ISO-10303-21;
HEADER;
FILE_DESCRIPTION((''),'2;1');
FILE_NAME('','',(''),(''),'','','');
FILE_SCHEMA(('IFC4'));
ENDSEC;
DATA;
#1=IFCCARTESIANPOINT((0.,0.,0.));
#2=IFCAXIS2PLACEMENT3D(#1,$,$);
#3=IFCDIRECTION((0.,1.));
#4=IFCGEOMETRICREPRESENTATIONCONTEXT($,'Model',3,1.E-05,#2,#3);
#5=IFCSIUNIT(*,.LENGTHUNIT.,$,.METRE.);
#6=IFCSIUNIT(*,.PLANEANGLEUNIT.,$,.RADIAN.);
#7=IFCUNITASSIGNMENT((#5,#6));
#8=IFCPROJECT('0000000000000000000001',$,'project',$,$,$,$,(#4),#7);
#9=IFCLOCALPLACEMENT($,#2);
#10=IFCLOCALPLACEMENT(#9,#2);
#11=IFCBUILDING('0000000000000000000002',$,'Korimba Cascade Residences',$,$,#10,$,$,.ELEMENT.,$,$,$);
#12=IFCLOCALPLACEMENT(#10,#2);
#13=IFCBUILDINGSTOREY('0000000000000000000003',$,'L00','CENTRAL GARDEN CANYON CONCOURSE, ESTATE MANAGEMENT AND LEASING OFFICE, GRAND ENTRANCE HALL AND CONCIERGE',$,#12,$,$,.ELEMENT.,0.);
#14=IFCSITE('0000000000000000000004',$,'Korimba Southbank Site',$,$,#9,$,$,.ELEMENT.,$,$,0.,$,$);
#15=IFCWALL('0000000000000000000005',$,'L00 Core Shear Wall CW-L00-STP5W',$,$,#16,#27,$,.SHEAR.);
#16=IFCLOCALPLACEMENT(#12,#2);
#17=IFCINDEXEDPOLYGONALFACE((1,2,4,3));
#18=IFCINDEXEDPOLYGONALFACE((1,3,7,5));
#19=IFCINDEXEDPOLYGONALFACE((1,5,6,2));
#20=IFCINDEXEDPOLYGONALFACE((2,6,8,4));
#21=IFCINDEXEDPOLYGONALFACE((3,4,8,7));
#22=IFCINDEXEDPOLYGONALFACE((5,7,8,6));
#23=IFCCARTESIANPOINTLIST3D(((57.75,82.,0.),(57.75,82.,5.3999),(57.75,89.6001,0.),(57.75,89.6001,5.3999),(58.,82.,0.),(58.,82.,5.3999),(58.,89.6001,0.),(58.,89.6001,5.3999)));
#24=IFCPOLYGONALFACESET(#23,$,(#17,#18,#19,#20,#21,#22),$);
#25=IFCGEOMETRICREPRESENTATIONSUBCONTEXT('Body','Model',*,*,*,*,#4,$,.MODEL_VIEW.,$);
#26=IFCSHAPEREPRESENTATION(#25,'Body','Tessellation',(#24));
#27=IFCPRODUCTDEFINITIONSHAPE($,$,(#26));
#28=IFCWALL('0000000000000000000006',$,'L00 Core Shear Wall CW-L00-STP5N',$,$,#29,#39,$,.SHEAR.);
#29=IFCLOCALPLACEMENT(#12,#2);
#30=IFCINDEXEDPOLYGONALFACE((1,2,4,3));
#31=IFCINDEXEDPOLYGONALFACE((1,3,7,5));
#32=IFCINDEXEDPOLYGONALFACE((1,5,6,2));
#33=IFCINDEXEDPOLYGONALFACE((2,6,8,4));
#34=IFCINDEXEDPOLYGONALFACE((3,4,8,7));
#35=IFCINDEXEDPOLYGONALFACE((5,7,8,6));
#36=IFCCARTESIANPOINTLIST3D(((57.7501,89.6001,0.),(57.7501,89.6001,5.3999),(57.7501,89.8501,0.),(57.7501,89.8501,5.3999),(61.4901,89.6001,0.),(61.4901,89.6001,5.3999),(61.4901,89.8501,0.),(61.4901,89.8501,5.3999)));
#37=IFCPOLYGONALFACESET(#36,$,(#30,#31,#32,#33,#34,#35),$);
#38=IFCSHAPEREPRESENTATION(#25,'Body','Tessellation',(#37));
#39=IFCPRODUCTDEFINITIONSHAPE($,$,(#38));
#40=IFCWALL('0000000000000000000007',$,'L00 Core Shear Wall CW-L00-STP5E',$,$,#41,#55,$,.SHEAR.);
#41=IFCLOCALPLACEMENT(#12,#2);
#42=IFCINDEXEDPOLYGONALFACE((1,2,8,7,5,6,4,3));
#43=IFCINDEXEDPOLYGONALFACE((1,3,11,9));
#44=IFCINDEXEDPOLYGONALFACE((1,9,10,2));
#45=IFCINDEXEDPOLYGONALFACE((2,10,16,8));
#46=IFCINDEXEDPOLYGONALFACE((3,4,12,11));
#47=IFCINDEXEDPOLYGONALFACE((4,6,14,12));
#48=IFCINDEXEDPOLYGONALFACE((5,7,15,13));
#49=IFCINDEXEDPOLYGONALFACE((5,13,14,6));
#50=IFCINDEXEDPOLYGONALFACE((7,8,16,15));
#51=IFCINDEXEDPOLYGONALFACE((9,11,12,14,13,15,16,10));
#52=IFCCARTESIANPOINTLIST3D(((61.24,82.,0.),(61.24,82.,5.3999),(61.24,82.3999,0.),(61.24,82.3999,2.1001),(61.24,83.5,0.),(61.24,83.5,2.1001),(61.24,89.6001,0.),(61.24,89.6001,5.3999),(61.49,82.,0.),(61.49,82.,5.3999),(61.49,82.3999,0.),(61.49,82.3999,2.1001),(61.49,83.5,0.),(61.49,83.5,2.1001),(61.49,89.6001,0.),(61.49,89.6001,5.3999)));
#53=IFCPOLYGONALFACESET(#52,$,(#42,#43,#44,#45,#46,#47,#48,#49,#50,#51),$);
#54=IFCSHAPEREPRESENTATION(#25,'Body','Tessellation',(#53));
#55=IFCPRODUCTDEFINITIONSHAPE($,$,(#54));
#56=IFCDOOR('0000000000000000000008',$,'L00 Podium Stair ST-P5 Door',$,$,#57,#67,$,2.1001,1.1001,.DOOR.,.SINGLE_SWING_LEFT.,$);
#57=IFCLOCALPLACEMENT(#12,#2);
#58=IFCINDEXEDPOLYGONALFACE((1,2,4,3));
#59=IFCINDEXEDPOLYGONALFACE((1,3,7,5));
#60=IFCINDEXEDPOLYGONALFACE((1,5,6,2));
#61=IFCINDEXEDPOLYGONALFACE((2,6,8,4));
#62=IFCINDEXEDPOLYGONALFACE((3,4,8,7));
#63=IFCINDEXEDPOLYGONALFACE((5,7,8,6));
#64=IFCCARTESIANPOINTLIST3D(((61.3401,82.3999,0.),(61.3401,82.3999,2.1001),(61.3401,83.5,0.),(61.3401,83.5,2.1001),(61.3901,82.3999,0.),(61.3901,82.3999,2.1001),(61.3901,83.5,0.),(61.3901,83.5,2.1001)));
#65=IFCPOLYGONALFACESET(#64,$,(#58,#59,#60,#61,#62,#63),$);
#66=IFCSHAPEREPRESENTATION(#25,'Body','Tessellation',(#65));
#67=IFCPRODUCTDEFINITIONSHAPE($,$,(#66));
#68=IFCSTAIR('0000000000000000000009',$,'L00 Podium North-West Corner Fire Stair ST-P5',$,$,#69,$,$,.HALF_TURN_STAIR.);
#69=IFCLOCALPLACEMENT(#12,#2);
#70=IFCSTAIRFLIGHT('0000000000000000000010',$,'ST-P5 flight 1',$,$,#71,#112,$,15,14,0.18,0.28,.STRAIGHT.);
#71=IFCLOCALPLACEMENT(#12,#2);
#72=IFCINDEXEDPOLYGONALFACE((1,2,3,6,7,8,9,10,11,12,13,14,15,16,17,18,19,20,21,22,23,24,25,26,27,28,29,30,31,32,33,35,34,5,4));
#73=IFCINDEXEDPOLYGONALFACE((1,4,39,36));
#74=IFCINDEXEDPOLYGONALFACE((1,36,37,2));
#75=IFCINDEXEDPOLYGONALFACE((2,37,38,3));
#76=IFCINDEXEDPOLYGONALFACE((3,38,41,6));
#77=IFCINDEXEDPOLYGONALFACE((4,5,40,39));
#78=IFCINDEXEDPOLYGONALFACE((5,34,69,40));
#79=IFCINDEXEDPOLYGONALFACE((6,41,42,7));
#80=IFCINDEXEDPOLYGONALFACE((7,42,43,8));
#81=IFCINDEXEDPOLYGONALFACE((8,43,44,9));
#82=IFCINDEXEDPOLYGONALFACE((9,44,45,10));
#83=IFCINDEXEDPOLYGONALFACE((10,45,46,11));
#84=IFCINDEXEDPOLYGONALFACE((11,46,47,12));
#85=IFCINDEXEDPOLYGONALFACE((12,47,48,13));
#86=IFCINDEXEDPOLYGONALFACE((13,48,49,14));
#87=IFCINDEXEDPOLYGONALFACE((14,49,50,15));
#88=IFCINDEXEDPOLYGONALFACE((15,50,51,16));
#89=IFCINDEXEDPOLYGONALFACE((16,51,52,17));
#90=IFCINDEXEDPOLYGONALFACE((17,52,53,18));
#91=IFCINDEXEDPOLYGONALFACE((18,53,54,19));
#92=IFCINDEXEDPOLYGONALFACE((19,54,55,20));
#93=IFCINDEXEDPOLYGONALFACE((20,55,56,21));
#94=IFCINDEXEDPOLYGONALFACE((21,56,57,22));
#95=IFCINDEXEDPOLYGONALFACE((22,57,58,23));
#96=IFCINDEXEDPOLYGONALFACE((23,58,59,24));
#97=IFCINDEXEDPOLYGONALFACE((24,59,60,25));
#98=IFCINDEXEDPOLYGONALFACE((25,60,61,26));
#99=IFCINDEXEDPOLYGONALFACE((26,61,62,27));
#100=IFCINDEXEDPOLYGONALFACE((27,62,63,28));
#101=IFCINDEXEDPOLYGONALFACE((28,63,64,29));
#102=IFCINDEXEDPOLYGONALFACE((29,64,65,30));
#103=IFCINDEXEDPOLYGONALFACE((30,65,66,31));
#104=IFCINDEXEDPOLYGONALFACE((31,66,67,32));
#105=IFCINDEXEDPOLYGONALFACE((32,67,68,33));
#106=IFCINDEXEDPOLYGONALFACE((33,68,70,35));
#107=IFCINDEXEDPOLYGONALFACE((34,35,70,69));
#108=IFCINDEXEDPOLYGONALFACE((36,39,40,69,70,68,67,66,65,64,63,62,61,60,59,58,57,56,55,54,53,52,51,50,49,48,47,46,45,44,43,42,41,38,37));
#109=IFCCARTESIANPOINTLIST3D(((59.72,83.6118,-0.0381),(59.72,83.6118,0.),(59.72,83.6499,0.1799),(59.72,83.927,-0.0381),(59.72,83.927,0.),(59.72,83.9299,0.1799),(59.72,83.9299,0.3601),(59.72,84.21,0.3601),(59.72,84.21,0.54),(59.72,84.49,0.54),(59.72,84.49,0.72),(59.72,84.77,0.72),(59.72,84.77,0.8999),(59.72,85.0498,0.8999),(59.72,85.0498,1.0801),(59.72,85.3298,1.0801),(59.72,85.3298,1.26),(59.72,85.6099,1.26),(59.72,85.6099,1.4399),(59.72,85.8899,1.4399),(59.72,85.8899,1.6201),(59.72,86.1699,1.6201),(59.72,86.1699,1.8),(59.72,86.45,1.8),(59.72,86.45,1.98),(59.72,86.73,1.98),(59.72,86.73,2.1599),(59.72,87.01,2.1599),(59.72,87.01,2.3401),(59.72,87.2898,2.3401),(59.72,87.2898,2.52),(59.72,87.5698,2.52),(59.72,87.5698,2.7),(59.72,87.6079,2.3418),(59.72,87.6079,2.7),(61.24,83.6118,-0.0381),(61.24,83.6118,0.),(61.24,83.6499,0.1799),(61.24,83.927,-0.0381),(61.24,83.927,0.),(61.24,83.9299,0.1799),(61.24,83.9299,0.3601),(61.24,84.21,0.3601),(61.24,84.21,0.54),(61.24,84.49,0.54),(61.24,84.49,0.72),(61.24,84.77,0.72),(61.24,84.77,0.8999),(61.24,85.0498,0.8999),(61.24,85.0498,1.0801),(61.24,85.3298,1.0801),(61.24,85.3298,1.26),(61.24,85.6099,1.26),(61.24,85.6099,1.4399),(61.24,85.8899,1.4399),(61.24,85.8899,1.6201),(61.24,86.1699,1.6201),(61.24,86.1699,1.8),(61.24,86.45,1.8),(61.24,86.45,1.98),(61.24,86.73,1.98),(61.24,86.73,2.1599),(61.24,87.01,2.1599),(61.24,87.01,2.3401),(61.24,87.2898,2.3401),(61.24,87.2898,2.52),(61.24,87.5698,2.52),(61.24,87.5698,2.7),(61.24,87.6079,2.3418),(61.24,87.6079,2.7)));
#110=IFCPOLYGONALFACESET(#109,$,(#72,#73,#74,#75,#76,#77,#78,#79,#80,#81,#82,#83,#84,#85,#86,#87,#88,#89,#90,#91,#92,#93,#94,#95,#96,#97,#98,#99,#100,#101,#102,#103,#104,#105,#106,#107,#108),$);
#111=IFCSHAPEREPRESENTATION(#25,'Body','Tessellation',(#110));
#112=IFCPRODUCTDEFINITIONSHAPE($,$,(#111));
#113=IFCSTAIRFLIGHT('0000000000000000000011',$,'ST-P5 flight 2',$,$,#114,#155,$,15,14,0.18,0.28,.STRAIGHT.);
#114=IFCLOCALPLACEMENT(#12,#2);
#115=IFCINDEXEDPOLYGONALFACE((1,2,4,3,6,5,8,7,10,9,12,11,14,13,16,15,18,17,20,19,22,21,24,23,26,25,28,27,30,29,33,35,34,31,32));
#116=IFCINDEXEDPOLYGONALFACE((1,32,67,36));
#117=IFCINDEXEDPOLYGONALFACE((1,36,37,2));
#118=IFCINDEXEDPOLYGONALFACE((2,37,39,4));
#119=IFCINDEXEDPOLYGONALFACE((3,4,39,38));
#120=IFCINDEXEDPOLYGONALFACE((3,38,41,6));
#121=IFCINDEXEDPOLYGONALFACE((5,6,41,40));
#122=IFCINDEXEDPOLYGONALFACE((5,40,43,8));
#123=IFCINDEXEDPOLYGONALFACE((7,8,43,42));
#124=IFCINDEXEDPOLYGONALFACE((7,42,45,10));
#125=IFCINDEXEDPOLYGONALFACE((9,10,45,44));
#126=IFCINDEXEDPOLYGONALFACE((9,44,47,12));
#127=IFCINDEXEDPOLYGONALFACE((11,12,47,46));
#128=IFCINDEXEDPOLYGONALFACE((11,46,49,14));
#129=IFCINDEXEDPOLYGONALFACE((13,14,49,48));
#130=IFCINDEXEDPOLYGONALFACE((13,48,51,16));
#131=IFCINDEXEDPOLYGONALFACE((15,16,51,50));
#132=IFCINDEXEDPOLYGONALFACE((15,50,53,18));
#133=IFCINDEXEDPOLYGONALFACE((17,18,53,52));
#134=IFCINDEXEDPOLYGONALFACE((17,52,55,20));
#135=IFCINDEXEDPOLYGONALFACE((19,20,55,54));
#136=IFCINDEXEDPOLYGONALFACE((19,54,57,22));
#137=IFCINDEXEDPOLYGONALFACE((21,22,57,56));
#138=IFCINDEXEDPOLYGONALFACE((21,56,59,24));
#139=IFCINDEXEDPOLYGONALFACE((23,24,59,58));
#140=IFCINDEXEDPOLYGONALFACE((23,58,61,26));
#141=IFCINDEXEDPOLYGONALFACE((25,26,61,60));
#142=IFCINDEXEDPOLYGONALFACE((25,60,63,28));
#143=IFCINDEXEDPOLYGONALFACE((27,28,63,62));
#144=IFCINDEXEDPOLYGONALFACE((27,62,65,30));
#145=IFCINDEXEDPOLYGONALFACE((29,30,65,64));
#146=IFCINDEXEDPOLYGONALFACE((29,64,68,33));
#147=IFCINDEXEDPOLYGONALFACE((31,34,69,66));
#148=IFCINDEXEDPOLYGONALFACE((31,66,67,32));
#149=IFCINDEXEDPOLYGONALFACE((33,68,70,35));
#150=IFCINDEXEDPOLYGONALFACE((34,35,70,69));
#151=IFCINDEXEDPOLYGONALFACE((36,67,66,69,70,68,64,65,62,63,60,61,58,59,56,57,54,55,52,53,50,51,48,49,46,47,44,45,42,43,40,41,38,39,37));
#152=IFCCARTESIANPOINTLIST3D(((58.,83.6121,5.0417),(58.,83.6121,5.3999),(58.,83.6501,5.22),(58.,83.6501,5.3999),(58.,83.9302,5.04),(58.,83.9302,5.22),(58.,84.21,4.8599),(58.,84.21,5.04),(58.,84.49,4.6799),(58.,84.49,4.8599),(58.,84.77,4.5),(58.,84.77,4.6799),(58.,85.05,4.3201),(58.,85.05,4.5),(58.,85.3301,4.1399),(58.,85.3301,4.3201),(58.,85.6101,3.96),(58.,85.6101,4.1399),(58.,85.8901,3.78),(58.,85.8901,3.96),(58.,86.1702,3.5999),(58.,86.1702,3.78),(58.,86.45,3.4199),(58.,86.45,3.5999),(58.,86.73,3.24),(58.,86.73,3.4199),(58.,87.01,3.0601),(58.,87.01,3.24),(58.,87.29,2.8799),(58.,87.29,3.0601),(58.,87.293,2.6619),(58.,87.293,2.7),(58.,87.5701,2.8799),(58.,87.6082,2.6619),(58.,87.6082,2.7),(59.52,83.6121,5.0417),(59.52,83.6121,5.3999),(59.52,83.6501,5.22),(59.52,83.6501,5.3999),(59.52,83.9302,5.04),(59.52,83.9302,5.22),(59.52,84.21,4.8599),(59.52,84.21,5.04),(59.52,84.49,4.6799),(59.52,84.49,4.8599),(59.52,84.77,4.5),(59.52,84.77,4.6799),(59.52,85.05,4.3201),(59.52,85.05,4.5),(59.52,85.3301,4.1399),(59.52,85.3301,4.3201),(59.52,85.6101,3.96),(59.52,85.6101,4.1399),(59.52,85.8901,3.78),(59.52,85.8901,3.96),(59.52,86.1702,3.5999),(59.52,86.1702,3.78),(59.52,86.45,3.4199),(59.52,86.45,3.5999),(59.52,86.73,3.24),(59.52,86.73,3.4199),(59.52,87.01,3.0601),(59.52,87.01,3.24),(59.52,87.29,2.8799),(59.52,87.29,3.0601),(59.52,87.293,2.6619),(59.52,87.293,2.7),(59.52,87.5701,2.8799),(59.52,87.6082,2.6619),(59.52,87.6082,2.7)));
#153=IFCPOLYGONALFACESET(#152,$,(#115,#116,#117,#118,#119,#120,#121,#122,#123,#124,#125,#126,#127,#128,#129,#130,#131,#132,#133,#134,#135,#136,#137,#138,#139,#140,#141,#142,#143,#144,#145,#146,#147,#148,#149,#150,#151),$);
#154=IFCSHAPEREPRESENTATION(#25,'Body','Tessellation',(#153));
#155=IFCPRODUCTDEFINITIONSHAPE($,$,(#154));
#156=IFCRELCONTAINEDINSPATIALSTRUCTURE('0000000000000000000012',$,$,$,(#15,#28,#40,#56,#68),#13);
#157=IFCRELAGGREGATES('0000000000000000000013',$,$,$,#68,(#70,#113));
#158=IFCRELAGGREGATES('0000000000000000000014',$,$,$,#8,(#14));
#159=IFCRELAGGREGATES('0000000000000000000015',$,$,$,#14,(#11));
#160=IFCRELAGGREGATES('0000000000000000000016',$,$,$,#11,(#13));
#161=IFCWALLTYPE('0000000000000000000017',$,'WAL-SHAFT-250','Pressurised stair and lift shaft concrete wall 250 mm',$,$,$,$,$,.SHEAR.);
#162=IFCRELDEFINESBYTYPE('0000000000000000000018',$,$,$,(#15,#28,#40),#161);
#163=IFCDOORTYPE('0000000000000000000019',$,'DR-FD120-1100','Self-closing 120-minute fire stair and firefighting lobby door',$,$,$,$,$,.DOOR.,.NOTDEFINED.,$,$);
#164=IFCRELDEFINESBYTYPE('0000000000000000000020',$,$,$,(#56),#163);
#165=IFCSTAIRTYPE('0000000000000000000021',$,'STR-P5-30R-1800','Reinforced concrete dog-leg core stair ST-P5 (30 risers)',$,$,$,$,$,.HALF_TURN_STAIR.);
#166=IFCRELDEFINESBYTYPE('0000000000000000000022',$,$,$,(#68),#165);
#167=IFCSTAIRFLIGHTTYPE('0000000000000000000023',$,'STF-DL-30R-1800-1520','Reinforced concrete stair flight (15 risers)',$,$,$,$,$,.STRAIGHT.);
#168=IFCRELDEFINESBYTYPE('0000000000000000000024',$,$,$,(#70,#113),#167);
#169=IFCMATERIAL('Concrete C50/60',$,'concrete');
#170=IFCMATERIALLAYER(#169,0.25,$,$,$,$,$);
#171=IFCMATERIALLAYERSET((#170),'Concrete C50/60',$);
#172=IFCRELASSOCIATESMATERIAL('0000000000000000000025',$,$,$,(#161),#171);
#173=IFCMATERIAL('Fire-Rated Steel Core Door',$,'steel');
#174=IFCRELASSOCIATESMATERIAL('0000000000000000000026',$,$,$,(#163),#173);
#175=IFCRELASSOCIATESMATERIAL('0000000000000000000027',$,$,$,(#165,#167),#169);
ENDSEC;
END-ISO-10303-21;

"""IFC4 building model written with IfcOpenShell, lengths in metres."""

from ifc_helpers import new_model, si_unit, direction, frame, frame_2d, origin, place, context, subcontext, project, spatial, polyline, rectangle, outline, extrude, material, layer, layer_set, type_object, element, fill, aggregate, save


model = new_model("IFC4")

# Units and contexts
model_context = context("Model", 3, precision=1e-05, world=origin(), true_north=direction((0.0, 1.0)))
body_context = subcontext(model_context, "Body", "Model", "MODEL_VIEW")
ifc_project = project(units=[si_unit("LENGTHUNIT", "METRE"), si_unit("PLANEANGLEUNIT", "RADIAN")], contexts=[model_context])

# Site, building, storey
site_placement = place(None, origin())
site = spatial("IfcSite", under=ifc_project, at=site_placement, Name="Korimba Southbank Site", CompositionType="ELEMENT", RefElevation=0.0)
building_placement = place(site_placement, origin())
building = spatial("IfcBuilding", under=site, at=building_placement, Name="Korimba Cascade Residences", CompositionType="ELEMENT")
storey_placement = place(building_placement, origin())
storey = spatial("IfcBuildingStorey", under=building, at=storey_placement, Name="L00", Description="CENTRAL GARDEN CANYON CONCOURSE, ESTATE MANAGEMENT AND LEASING OFFICE, GRAND ENTRANCE HALL AND CONCIERGE", CompositionType="ELEMENT", Elevation=0.0)

# Shared definitions
ifc_material_1 = material(Name="Concrete C50/60", Category="concrete")

# Walls
ifc_layer_1 = layer(ifc_material_1, 0.25)
ifc_layer_set_1 = layer_set([ifc_layer_1], Name="Concrete C50/60")
wall_type_1 = type_object("IfcWallType", Name="WAL-SHAFT-250", Description="Pressurised stair and lift shaft concrete wall 250 mm", PredefinedType="SHEAR", material=ifc_layer_set_1)
wall_1_placement = place(storey_placement, frame((57.875, 82.0, 0.0), z_axis=(0.0, 0.0, 1.0), x_axis=(0.0, 1.0, 0.0)))
element("IfcWall", 1, at=wall_1_placement, inside=storey, type_object=wall_type_1, Name="L00 Core Shear Wall CW-L00-STP5W", PredefinedType="SHEAR", context=body_context, shape_type="SweptSolid", body=[
    extrude(rectangle(XDim=7.6001, YDim=0.25, at=frame_2d((3.8, 0.0))), origin(), (0.0, 0.0, 1.0), 5.3999),
])
wall_2_placement = place(storey_placement, frame((57.75, 89.7251, 0.0), z_axis=(0.0, 0.0, 1.0), x_axis=(1.0, 0.0, 0.0)))
element("IfcWall", 2, at=wall_2_placement, inside=storey, type_object=wall_type_1, Name="L00 Core Shear Wall CW-L00-STP5N", PredefinedType="SHEAR", context=body_context, shape_type="SweptSolid", body=[
    extrude(rectangle(XDim=3.74, YDim=0.25, at=frame_2d((1.8701, 0.0))), origin(), (0.0, 0.0, 1.0), 5.3999),
])

# Wall, opening, door
wall_3_placement = place(storey_placement, frame((61.365, 82.0, 0.0), z_axis=(0.0, 0.0, 1.0), x_axis=(0.0, 1.0, 0.0)))
wall_3 = element("IfcWall", 3, at=wall_3_placement, inside=storey, type_object=wall_type_1, Name="L00 Core Shear Wall CW-L00-STP5E", PredefinedType="SHEAR", context=body_context, shape_type="SweptSolid", body=[
    extrude(rectangle(XDim=7.6001, YDim=0.25, at=frame_2d((3.8, 0.0))), origin(), (0.0, 0.0, 1.0), 5.3999),
])
opening_1_placement = place(wall_3_placement, frame((0.3999, 0.0, 0.0)))
opening_1 = element("IfcOpeningElement", 4, at=opening_1_placement, cuts=wall_3, PredefinedType="OPENING", context=body_context, shape_type="SweptSolid", body=[
    extrude(rectangle(XDim=1.1001, YDim=2.1001, at=frame_2d((0.55, 1.05))), frame((0.0, 0.135, 0.0), z_axis=(0.0, -1.0, 0.0), x_axis=(1.0, 0.0, 0.0)), (0.0, 0.0, 1.0), 0.27),
])
ifc_material_2 = material(Name="Fire-Rated Steel Core Door", Category="steel")
door_type_1 = type_object("IfcDoorType", Name="DR-FD120-1100", Description="Self-closing 120-minute fire stair and firefighting lobby door", OperationType="NOTDEFINED", PredefinedType="DOOR", material=ifc_material_2)
door_1_placement = place(opening_1_placement, origin())
door_1 = element("IfcDoor", 5, at=door_1_placement, inside=storey, type_object=door_type_1, Name="L00 Podium Stair ST-P5 Door", OperationType="SINGLE_SWING_LEFT", OverallHeight=2.1001, OverallWidth=1.1001, PredefinedType="DOOR", context=body_context, shape_type="SweptSolid", body=[
    extrude(rectangle(XDim=1.1001, YDim=2.1001, at=frame_2d((0.55, 1.05))), frame((0.0, 0.0249, 0.0), z_axis=(0.0, -1.0, 0.0), x_axis=(1.0, 0.0, 0.0)), (0.0, 0.0, 1.0), 0.05),
])
fill(opening_1, door_1)

# Stair, stair flights
stair_type = type_object("IfcStairType", Name="STR-P5-30R-1800", Description="Reinforced concrete dog-leg core stair ST-P5 (30 risers)", PredefinedType="HALF_TURN_STAIR", material=ifc_material_1)
stair_placement = place(storey_placement, origin())
stair = element("IfcStair", 6, at=stair_placement, inside=storey, type_object=stair_type, Name="L00 Podium North-West Corner Fire Stair ST-P5", PredefinedType="HALF_TURN_STAIR")
stair_flight_type = type_object("IfcStairFlightType", Name="STF-DL-30R-1800-1520", Description="Reinforced concrete stair flight (15 risers)", PredefinedType="STRAIGHT", material=ifc_material_1)
stair_flight_1_placement = place(storey_placement, frame((60.48, 83.6499, 0.0), z_axis=(0.0, 0.0, 1.0), x_axis=(0.0, 1.0, 0.0)))
stair_flight_1 = element("IfcStairFlight", 7, at=stair_flight_1_placement, type_object=stair_flight_type, Name="ST-P5 flight 1", NumberOfRisers=15, NumberOfTreads=14, PredefinedType="STRAIGHT", RiserHeight=0.18, TreadLength=0.28, context=body_context, shape_type="SweptSolid", body=[
    extrude(outline(polyline([(-0.0381, 0.0), (0.0, 0.1799), (0.28, 0.1799), (0.28, 0.3601), (0.5601, 0.3601), (0.5601, 0.54), (0.8401, 0.54), (0.8401, 0.72), (1.1201, 0.72), (1.1201, 0.8999), (1.3999, 0.8999), (1.3999, 1.0801), (1.6799, 1.0801), (1.6799, 1.26), (1.96, 1.26), (1.96, 1.4399), (2.24, 1.4399), (2.24, 1.6201), (2.52, 1.6201), (2.52, 1.8), (2.8, 1.8), (2.8, 1.98), (3.0801, 1.98), (3.0801, 2.1599), (3.3601, 2.1599), (3.3601, 2.3401), (3.6399, 2.3401), (3.6399, 2.52), (3.9199, 2.52), (3.9199, 2.7), (3.958, 2.7), (3.958, 2.3418), (0.2771, 0.0), (0.2771, -0.0381), (-0.0381, -0.0381), (-0.0381, 0.0)])), frame((0.0, 0.76, 0.0), z_axis=(0.0, -1.0, 0.0), x_axis=(1.0, 0.0, 0.0)), (0.0, 0.0, 1.0), 1.52),
])
stair_flight_2_placement = place(storey_placement, frame((58.76, 87.5701, 2.7), z_axis=(0.0, 0.0, 1.0), x_axis=(0.0, -1.0, 0.0)))
stair_flight_2 = element("IfcStairFlight", 8, at=stair_flight_2_placement, type_object=stair_flight_type, Name="ST-P5 flight 2", NumberOfRisers=15, NumberOfTreads=14, PredefinedType="STRAIGHT", RiserHeight=0.18, TreadLength=0.28, context=body_context, shape_type="SweptSolid", body=[
    extrude(outline(polyline([(-0.0381, 0.0), (0.0, 0.1799), (0.28, 0.1799), (0.28, 0.3601), (0.5601, 0.3601), (0.5601, 0.54), (0.8401, 0.54), (0.8401, 0.72), (1.1201, 0.72), (1.1201, 0.8999), (1.3999, 0.8999), (1.3999, 1.0801), (1.6799, 1.0801), (1.6799, 1.26), (1.96, 1.26), (1.96, 1.4399), (2.24, 1.4399), (2.24, 1.6201), (2.52, 1.6201), (2.52, 1.8), (2.8, 1.8), (2.8, 1.98), (3.0801, 1.98), (3.0801, 2.1599), (3.3601, 2.1599), (3.3601, 2.3401), (3.6399, 2.3401), (3.6399, 2.52), (3.9199, 2.52), (3.9199, 2.7), (3.958, 2.7), (3.958, 2.3418), (0.2771, 0.0), (0.2771, -0.0381), (-0.0381, -0.0381), (-0.0381, 0.0)])), frame((0.0, 0.76, 0.0), z_axis=(0.0, -1.0, 0.0), x_axis=(1.0, 0.0, 0.0)), (0.0, 0.0, 1.0), 1.52),
])
aggregate(stair, [stair_flight_1, stair_flight_2])

save(model, "model.ifc")
